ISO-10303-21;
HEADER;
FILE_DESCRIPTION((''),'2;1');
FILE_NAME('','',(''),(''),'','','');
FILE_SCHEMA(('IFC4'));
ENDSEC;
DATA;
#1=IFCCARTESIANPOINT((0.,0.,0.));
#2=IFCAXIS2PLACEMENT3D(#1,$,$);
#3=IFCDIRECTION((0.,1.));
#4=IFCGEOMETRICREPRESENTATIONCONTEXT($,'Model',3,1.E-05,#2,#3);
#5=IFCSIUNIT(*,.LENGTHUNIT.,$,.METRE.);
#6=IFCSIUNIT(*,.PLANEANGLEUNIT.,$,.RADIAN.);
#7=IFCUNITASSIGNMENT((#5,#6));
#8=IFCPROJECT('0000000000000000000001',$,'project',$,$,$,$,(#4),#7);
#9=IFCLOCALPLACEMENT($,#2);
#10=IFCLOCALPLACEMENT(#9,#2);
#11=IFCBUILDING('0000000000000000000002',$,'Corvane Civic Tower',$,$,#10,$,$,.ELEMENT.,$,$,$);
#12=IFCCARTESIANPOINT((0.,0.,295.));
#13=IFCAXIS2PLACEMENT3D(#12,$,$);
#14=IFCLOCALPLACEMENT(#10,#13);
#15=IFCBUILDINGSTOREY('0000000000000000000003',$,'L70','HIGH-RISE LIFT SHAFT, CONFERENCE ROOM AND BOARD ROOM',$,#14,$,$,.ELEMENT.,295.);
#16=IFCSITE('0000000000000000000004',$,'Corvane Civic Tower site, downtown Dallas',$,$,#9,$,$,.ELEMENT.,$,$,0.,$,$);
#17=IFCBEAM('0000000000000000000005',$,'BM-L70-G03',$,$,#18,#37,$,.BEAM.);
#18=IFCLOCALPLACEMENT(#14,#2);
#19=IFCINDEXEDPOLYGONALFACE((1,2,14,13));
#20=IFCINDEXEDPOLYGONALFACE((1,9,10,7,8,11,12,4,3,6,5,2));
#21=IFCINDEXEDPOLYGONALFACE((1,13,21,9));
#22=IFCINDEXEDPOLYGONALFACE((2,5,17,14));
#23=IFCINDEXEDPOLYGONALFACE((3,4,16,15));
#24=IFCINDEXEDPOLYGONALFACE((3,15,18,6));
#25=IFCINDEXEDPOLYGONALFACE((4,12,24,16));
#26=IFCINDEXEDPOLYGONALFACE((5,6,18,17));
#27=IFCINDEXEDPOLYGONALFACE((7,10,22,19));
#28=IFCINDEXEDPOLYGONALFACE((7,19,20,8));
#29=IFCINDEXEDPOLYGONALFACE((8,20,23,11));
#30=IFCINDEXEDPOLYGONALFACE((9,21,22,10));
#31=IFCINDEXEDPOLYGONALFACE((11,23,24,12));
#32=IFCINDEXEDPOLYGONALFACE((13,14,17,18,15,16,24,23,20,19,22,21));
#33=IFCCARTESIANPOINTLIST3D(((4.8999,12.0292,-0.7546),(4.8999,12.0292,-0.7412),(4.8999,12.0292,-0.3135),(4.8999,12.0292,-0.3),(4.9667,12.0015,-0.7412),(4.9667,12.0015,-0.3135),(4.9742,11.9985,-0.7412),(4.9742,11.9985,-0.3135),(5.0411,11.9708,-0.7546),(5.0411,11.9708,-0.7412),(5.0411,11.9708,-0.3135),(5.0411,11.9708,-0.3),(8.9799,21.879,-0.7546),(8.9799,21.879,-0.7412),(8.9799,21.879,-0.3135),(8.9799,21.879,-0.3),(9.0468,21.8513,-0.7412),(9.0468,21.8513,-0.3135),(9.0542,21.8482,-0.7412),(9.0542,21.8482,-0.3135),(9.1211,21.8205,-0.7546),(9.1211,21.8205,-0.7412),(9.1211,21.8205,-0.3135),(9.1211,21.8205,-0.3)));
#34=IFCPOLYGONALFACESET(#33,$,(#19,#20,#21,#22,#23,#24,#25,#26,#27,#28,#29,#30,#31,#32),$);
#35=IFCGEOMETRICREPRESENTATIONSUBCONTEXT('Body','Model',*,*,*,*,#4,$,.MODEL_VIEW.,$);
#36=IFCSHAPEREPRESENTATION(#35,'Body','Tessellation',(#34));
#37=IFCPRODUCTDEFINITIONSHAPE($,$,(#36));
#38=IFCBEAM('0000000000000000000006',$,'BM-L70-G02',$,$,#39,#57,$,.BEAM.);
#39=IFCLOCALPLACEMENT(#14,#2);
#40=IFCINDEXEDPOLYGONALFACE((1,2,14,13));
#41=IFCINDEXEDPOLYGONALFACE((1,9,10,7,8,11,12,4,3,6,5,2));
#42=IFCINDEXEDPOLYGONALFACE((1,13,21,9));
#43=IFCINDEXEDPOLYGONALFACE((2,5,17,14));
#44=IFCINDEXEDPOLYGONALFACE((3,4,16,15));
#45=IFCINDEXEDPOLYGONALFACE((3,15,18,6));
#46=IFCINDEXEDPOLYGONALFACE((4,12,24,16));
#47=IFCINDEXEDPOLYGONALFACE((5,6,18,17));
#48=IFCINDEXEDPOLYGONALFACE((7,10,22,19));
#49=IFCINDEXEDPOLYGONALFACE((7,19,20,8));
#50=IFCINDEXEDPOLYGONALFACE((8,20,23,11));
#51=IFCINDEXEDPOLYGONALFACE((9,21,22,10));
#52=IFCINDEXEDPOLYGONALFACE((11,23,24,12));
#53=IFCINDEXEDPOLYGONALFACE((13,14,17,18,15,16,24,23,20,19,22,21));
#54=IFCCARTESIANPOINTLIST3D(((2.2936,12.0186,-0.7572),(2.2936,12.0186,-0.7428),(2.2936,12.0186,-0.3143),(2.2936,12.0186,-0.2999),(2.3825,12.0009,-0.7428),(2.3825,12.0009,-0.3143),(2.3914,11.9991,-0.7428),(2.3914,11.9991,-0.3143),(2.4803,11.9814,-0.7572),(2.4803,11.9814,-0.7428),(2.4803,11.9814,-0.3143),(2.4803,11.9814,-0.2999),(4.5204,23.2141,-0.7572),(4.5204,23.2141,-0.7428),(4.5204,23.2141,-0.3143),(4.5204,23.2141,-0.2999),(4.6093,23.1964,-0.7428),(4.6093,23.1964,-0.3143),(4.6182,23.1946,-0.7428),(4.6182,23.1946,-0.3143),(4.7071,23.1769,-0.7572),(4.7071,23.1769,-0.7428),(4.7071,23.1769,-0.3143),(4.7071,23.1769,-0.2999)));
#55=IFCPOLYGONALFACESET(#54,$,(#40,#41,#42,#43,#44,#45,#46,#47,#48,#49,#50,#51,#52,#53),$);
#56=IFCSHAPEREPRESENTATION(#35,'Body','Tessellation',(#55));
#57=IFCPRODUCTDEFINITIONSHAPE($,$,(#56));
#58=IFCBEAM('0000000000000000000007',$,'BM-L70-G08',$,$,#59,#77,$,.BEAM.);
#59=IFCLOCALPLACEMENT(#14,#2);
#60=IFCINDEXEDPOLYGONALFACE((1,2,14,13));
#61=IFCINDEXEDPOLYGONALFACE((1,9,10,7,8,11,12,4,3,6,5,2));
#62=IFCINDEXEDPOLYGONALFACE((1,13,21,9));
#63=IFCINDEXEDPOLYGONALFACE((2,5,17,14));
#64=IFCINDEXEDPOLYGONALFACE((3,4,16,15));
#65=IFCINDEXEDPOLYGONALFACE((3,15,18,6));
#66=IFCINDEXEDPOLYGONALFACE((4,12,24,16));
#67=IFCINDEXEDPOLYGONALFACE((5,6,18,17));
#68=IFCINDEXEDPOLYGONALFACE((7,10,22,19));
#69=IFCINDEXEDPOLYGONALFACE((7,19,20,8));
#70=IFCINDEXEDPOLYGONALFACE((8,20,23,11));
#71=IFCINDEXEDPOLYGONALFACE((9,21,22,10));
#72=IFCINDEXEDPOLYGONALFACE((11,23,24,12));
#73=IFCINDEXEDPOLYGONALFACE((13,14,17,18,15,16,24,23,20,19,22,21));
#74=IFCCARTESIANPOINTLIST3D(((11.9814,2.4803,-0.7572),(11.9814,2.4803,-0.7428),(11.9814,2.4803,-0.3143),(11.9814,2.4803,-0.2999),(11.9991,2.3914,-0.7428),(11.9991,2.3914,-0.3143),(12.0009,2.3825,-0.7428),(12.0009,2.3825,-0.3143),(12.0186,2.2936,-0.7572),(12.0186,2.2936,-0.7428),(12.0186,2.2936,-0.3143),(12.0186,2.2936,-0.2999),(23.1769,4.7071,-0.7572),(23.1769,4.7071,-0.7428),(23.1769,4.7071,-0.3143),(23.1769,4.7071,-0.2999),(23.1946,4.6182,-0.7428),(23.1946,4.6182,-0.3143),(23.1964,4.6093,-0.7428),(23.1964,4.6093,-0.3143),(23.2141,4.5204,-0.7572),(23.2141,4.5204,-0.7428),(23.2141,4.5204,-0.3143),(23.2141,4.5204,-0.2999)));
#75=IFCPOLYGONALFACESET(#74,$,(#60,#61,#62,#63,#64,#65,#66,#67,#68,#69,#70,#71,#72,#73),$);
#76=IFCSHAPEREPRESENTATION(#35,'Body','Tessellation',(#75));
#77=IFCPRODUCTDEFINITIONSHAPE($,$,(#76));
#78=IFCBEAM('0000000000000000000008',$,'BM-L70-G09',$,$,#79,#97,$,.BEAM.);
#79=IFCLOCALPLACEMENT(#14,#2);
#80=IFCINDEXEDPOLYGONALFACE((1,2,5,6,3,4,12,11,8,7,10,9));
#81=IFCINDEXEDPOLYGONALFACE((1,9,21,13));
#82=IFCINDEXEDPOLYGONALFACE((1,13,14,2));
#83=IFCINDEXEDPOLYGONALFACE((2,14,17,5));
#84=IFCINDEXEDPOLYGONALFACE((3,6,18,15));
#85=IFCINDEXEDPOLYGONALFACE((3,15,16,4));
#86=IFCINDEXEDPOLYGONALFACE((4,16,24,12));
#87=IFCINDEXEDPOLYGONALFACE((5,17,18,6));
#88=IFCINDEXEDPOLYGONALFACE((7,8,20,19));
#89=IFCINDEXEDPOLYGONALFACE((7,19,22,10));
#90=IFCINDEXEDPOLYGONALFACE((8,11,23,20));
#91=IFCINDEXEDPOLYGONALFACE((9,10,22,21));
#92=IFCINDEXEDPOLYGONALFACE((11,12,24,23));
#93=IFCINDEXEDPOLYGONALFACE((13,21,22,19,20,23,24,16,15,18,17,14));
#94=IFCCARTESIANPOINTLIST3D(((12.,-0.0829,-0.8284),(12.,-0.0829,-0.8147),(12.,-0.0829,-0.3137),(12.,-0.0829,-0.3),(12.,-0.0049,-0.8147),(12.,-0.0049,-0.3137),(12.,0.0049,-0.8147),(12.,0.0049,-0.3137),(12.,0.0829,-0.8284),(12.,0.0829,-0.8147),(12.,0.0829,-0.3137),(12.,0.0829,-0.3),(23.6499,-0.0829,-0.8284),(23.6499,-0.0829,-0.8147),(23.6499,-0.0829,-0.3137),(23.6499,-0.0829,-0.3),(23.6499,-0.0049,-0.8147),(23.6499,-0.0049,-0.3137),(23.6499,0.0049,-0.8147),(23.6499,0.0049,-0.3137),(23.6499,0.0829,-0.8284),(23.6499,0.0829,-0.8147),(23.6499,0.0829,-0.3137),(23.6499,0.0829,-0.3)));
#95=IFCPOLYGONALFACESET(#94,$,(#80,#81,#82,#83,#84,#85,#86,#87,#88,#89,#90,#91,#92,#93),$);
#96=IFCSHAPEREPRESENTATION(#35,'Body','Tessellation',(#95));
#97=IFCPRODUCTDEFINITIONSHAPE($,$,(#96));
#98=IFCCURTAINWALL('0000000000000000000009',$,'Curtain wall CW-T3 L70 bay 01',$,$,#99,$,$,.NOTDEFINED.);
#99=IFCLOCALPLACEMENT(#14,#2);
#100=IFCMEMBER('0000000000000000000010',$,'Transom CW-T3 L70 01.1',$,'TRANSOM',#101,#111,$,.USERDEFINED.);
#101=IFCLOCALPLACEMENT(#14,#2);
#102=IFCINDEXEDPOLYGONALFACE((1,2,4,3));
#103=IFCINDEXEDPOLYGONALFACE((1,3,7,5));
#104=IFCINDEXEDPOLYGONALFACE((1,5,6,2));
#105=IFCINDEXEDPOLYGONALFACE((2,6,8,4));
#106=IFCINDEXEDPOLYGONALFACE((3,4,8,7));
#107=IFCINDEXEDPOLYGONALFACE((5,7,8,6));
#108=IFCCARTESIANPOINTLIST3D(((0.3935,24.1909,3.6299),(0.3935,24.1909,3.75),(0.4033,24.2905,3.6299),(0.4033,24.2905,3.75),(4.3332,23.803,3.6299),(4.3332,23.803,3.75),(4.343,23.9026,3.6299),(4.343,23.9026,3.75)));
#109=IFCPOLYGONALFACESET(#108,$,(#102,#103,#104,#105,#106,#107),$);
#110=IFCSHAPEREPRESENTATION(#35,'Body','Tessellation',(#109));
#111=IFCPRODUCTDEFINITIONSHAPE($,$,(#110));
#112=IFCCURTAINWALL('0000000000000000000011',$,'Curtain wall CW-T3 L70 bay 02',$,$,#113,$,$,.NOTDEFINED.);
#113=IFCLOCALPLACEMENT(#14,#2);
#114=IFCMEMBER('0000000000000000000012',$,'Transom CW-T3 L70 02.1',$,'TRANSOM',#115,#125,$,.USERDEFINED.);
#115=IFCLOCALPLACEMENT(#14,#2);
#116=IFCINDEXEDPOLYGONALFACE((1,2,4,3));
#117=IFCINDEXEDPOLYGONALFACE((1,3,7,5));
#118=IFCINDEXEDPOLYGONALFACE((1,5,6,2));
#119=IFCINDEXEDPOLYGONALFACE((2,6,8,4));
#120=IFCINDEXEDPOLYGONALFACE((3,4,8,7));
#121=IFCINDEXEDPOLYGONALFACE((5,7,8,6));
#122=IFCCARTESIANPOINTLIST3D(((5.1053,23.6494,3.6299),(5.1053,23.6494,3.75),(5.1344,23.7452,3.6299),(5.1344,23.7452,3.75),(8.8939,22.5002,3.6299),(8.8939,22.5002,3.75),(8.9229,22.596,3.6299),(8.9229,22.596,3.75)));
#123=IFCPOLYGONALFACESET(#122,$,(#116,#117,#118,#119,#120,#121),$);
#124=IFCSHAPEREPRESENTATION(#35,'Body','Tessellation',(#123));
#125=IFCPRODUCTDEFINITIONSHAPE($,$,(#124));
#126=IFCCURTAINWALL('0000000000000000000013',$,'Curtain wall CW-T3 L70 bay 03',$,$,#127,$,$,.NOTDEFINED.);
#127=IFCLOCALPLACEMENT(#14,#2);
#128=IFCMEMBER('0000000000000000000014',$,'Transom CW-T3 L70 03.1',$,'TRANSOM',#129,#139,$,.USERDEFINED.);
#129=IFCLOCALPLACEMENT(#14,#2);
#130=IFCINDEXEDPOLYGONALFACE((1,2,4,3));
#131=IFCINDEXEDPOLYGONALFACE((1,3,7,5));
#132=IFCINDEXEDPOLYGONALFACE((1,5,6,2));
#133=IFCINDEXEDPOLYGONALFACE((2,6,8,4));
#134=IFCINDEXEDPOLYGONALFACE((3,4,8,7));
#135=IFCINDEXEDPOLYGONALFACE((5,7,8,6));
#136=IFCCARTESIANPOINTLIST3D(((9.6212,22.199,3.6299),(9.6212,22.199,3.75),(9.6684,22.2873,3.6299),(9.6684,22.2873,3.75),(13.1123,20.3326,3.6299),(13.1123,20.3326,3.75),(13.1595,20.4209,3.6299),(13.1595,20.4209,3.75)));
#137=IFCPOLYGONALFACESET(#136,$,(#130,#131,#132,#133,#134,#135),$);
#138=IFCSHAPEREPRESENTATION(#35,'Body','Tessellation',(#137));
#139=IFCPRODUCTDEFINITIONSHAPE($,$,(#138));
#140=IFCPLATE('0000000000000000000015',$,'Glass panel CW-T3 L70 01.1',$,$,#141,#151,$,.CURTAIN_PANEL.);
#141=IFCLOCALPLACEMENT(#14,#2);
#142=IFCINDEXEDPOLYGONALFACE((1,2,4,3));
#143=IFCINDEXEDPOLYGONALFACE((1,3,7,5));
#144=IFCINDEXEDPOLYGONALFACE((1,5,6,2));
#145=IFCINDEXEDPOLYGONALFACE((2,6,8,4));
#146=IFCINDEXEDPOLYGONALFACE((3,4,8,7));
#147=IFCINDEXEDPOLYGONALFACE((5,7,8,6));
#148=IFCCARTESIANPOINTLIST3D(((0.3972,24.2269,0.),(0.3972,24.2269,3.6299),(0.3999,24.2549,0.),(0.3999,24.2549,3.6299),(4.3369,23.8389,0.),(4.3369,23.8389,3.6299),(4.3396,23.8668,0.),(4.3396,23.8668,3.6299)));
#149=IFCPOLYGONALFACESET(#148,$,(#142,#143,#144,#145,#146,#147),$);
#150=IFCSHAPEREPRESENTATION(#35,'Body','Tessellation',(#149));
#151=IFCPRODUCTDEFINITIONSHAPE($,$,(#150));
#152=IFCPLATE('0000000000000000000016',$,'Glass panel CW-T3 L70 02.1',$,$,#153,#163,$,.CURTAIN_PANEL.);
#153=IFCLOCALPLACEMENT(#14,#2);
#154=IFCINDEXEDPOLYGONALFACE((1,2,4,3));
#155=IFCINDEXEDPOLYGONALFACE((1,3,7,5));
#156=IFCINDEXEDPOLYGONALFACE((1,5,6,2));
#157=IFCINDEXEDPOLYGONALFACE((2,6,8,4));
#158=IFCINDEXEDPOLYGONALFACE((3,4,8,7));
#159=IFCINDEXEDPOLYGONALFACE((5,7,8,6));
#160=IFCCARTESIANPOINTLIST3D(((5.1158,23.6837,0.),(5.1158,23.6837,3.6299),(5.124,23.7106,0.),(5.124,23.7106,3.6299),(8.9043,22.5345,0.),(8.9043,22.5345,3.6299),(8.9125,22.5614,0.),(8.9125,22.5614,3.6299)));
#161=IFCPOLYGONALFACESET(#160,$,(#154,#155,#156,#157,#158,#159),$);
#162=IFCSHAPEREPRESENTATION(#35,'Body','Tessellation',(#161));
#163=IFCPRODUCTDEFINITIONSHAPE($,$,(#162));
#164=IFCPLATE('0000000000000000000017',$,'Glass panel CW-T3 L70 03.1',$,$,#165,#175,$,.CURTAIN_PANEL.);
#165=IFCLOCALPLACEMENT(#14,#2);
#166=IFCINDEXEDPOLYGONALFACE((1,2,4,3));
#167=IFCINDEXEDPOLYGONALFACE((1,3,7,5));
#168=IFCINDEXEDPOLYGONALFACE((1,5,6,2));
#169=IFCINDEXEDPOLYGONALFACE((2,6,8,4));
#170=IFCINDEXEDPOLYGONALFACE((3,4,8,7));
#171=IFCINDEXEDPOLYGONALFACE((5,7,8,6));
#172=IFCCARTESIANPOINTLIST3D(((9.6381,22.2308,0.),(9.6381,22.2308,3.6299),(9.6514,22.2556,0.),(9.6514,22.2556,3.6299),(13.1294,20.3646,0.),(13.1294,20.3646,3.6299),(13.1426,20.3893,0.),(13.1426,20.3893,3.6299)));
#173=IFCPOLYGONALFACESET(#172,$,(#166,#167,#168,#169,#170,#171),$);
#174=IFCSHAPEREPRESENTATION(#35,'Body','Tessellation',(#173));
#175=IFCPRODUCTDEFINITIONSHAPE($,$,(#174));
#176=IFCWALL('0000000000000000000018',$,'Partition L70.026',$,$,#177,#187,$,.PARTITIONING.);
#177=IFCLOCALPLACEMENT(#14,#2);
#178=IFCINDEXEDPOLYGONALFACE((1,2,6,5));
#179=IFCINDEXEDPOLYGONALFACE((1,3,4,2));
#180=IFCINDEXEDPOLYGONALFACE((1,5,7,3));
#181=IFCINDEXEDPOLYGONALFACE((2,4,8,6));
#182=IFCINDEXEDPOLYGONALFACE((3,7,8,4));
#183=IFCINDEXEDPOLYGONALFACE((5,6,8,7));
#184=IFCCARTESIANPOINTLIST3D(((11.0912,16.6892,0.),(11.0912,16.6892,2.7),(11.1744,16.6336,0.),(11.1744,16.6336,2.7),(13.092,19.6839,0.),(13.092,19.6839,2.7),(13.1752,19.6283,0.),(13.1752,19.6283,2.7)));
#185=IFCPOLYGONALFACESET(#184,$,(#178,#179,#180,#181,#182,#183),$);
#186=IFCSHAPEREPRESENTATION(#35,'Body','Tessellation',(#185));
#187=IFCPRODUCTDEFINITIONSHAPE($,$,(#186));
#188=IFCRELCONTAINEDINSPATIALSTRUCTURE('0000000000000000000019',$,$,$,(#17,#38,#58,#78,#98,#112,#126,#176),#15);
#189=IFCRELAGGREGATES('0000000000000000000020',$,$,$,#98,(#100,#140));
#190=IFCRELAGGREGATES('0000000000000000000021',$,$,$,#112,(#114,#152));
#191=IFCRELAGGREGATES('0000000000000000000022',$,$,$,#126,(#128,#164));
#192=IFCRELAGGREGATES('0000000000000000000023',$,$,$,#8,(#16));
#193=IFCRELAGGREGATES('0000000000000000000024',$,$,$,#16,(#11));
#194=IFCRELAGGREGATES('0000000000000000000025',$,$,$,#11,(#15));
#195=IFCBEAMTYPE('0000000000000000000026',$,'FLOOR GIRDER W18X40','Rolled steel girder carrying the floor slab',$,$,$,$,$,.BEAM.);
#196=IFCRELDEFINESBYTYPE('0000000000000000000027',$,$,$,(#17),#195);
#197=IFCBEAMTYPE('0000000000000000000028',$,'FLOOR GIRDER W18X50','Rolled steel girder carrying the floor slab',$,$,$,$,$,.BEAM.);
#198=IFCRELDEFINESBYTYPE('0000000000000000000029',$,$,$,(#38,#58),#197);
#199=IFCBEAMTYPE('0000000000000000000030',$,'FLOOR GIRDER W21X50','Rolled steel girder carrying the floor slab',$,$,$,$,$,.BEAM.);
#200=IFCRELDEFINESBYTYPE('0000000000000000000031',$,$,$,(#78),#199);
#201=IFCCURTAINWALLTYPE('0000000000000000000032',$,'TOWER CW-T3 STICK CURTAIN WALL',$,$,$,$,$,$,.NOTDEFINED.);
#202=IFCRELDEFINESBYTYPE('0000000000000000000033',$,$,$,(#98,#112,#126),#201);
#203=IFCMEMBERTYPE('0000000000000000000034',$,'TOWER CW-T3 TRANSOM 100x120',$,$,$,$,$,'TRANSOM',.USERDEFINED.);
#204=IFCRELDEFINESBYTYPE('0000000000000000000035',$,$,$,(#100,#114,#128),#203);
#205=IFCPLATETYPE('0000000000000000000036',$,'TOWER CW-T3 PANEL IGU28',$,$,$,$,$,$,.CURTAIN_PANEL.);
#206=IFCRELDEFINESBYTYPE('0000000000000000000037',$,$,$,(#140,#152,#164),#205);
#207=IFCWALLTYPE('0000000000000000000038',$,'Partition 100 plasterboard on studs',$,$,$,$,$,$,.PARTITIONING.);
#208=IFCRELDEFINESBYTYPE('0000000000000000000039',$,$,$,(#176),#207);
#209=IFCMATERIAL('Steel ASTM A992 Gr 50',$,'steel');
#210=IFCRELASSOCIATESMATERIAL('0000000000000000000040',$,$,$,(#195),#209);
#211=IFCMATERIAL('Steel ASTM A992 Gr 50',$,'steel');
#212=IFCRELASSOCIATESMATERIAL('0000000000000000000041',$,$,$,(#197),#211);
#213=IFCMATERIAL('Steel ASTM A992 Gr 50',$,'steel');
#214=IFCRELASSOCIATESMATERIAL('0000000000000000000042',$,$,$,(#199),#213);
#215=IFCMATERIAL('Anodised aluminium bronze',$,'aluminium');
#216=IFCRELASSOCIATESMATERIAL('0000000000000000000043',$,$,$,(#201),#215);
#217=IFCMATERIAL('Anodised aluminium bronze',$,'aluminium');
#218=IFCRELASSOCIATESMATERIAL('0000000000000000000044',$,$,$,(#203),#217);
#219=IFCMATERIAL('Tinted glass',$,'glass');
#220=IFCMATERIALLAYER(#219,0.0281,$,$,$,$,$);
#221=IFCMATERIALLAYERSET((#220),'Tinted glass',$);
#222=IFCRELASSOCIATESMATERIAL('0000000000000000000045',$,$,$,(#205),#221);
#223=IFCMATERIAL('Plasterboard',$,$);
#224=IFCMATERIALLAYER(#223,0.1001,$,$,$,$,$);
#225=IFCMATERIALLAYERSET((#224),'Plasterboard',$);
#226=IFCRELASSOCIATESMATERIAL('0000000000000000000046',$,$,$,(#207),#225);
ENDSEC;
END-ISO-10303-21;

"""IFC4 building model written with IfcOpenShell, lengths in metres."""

from ifc_helpers import new_model, si_unit, direction, frame, frame_2d, origin, origin_2d, place, context, subcontext, project, spatial, rectangle, i_section, extrude, material, layer, layer_set, material_profile, profile_set, type_object, element, aggregate, save


model = new_model("IFC4")

# Units and contexts
model_context = context("Model", 3, precision=1e-05, world=origin(), true_north=direction((0.0, 1.0)))
body_context = subcontext(model_context, "Body", "Model", "MODEL_VIEW")
ifc_project = project(units=[si_unit("LENGTHUNIT", "METRE"), si_unit("PLANEANGLEUNIT", "RADIAN")], contexts=[model_context])

# Site, building, storey
site_placement = place(None, origin())
site = spatial("IfcSite", under=ifc_project, at=site_placement, Name="Corvane Civic Tower site, downtown Dallas", CompositionType="ELEMENT", RefElevation=0.0)
building_placement = place(site_placement, origin())
building = spatial("IfcBuilding", under=site, at=building_placement, Name="Corvane Civic Tower", CompositionType="ELEMENT")
storey_placement = place(building_placement, frame((0.0, 0.0, 295.0)))
storey = spatial("IfcBuildingStorey", under=building, at=storey_placement, Name="L70", Description="HIGH-RISE LIFT SHAFT, CONFERENCE ROOM AND BOARD ROOM", CompositionType="ELEMENT", Elevation=295.0)

# Beams
ifc_material_1 = material(Name="Steel ASTM A992 Gr 50", Category="steel")
ifc_material_profile_1 = material_profile(ifc_material_1, i_section(OverallWidth=0.1528, OverallDepth=0.4546, WebThickness=0.0081, FlangeThickness=0.0134, at=origin_2d()), Name="W18X40")
ifc_profile_set_1 = profile_set([ifc_material_profile_1], Name="Steel ASTM A992 Gr 50")
beam_type_1 = type_object("IfcBeamType", Name="FLOOR GIRDER W18X40", Description="Rolled steel girder carrying the floor slab", PredefinedType="BEAM", material=ifc_profile_set_1)
beam_1_placement = place(storey_placement, frame((4.9705, 12.0, -0.5273), z_axis=(0.382694, 0.923875, 0.0), x_axis=(-0.923875, 0.382694, 0.0)))
element("IfcBeam", 1, at=beam_1_placement, inside=storey, type_object=beam_type_1, Name="BM-L70-G03", PredefinedType="BEAM", context=body_context, shape_type="SweptSolid", body=[
    extrude(i_section(OverallWidth=0.1528, OverallDepth=0.4546, WebThickness=0.0081, FlangeThickness=0.0134, at=origin_2d()), origin(), (0.0, 0.0, 1.0), 10.6614),
])
ifc_material_2 = material(Name="Steel ASTM A992 Gr 50", Category="steel")
ifc_material_profile_2 = material_profile(ifc_material_2, i_section(OverallWidth=0.1904, OverallDepth=0.4573, WebThickness=0.009, FlangeThickness=0.0144, at=origin_2d()), Name="W18X50")
ifc_profile_set_2 = profile_set([ifc_material_profile_2], Name="Steel ASTM A992 Gr 50")
beam_type_2 = type_object("IfcBeamType", Name="FLOOR GIRDER W18X50", Description="Rolled steel girder carrying the floor slab", PredefinedType="BEAM", material=ifc_profile_set_2)
for number, where, z_axis, x_axis, name in (
    (2, (2.387, 12.0, -0.5286), (0.19508, 0.980787, 0.0), (-0.980787, 0.19508, 0.0), "BM-L70-G02"),
    (3, (12.0, 2.387, -0.5286), (0.980787, 0.19508, 0.0), (-0.19508, 0.980787, 0.0), "BM-L70-G08"),
):
    element("IfcBeam", number, at=place(storey_placement, frame(where, z_axis=z_axis, x_axis=x_axis)), inside=storey, type_object=beam_type_2, Name=name, PredefinedType="BEAM", context=body_context, shape_type="SweptSolid", body=[
        extrude(i_section(OverallWidth=0.1904, OverallDepth=0.4573, WebThickness=0.009, FlangeThickness=0.0144, at=origin_2d()), origin(), (0.0, 0.0, 1.0), 11.4148),
    ])
ifc_material_3 = material(Name="Steel ASTM A992 Gr 50", Category="steel")
ifc_material_profile_3 = material_profile(ifc_material_3, i_section(OverallWidth=0.1658, OverallDepth=0.5283, WebThickness=0.0098, FlangeThickness=0.0137, at=origin_2d()), Name="W21X50")
ifc_profile_set_3 = profile_set([ifc_material_profile_3], Name="Steel ASTM A992 Gr 50")
beam_type_3 = type_object("IfcBeamType", Name="FLOOR GIRDER W21X50", Description="Rolled steel girder carrying the floor slab", PredefinedType="BEAM", material=ifc_profile_set_3)
beam_2_placement = place(storey_placement, frame((12.0, 0.0, -0.5642), z_axis=(1.0, 0.0, 0.0), x_axis=(0.0, 1.0, 0.0)))
element("IfcBeam", 4, at=beam_2_placement, inside=storey, type_object=beam_type_3, Name="BM-L70-G09", PredefinedType="BEAM", context=body_context, shape_type="SweptSolid", body=[
    extrude(i_section(OverallWidth=0.1658, OverallDepth=0.5283, WebThickness=0.0098, FlangeThickness=0.0137, at=origin_2d()), origin(), (0.0, 0.0, 1.0), 11.6499),
])

# Curtain walls, members
ifc_material_4 = material(Name="Anodised aluminium bronze", Category="aluminium")
curtain_wall_type = type_object("IfcCurtainWallType", Name="TOWER CW-T3 STICK CURTAIN WALL", PredefinedType="NOTDEFINED", material=ifc_material_4)
curtain_wall_1_placement = place(storey_placement, origin())
curtain_wall_1 = element("IfcCurtainWall", 5, at=curtain_wall_1_placement, inside=storey, type_object=curtain_wall_type, Name="Curtain wall CW-T3 L70 bay 01", PredefinedType="NOTDEFINED")
ifc_material_5 = material(Name="Anodised aluminium bronze", Category="aluminium")
ifc_material_profile_4 = material_profile(ifc_material_5, rectangle(XDim=0.1001, YDim=0.1201, at=origin_2d()), Name="TOWER CW-T3 TRANSOM 100x120")
ifc_profile_set_4 = profile_set([ifc_material_profile_4], Name="Anodised aluminium bronze")
member_type = type_object("IfcMemberType", Name="TOWER CW-T3 TRANSOM 100x120", ElementType="TRANSOM", PredefinedType="USERDEFINED", material=ifc_profile_set_4)
member_1_placement = place(storey_placement, frame((0.3984, 24.2407, 3.6899), z_axis=(0.995187, -0.097995, 0.0), x_axis=(0.097995, 0.995187, 0.0)))
member_1 = element("IfcMember", 6, at=member_1_placement, type_object=member_type, Name="Transom CW-T3 L70 01.1", ObjectType="TRANSOM", PredefinedType="USERDEFINED", context=body_context, shape_type="SweptSolid", body=[
    extrude(rectangle(XDim=0.1001, YDim=0.1201, at=origin_2d()), origin(), (0.0, 0.0, 1.0), 3.9587),
])
curtain_wall_2_placement = place(storey_placement, origin())
curtain_wall_2 = element("IfcCurtainWall", 7, at=curtain_wall_2_placement, inside=storey, type_object=curtain_wall_type, Name="Curtain wall CW-T3 L70 bay 02", PredefinedType="NOTDEFINED")
member_2_placement = place(storey_placement, frame((5.1199, 23.6973, 3.6899), z_axis=(0.956946, -0.290266, 0.0), x_axis=(0.290266, 0.956946, 0.0)))
member_2 = element("IfcMember", 8, at=member_2_placement, type_object=member_type, Name="Transom CW-T3 L70 02.1", ObjectType="TRANSOM", PredefinedType="USERDEFINED", context=body_context, shape_type="SweptSolid", body=[
    extrude(rectangle(XDim=0.1001, YDim=0.1201, at=origin_2d()), origin(), (0.0, 0.0, 1.0), 3.959),
])
curtain_wall_3_placement = place(storey_placement, origin())
curtain_wall_3 = element("IfcCurtainWall", 9, at=curtain_wall_3_placement, inside=storey, type_object=curtain_wall_type, Name="Curtain wall CW-T3 L70 bay 03", PredefinedType="NOTDEFINED")
member_3_placement = place(storey_placement, frame((9.6448, 22.2432, 3.6899), z_axis=(0.881883, -0.471468, 0.0), x_axis=(0.471468, 0.881883, 0.0)))
member_3 = element("IfcMember", 10, at=member_3_placement, type_object=member_type, Name="Transom CW-T3 L70 03.1", ObjectType="TRANSOM", PredefinedType="USERDEFINED", context=body_context, shape_type="SweptSolid", body=[
    extrude(rectangle(XDim=0.1001, YDim=0.1201, at=origin_2d()), origin(), (0.0, 0.0, 1.0), 3.9587),
])

# Plates
ifc_material_6 = material(Name="Tinted glass", Category="glass")
ifc_layer_1 = layer(ifc_material_6, 0.0281)
ifc_layer_set_1 = layer_set([ifc_layer_1], Name="Tinted glass")
plate_type = type_object("IfcPlateType", Name="TOWER CW-T3 PANEL IGU28", PredefinedType="CURTAIN_PANEL", material=ifc_layer_set_1)
plate_1_placement = place(storey_placement, frame((2.3684, 24.0469, 0.0), z_axis=(0.0, 0.0, 1.0), x_axis=(0.995184, -0.098021, 0.0)))
plate_1 = element("IfcPlate", 11, at=plate_1_placement, type_object=plate_type, Name="Glass panel CW-T3 L70 01.1", PredefinedType="CURTAIN_PANEL", context=body_context, shape_type="SweptSolid", body=[
    extrude(rectangle(XDim=3.9587, YDim=0.0281, at=origin_2d()), origin(), (0.0, 0.0, 1.0), 3.6299),
])
aggregate(curtain_wall_1, [member_1, plate_1])
plate_2_placement = place(storey_placement, frame((7.0142, 23.1226, 0.0), z_axis=(0.0, 0.0, 1.0), x_axis=(0.956944, -0.290274, 0.0)))
plate_2 = element("IfcPlate", 12, at=plate_2_placement, type_object=plate_type, Name="Glass panel CW-T3 L70 02.1", PredefinedType="CURTAIN_PANEL", context=body_context, shape_type="SweptSolid", body=[
    extrude(rectangle(XDim=3.959, YDim=0.0281, at=origin_2d()), origin(), (0.0, 0.0, 1.0), 3.6299),
])
aggregate(curtain_wall_2, [member_2, plate_2])
plate_3_placement = place(storey_placement, frame((11.3904, 21.3101, 0.0), z_axis=(0.0, 0.0, 1.0), x_axis=(0.881908, -0.471421, 0.0)))
plate_3 = element("IfcPlate", 13, at=plate_3_placement, type_object=plate_type, Name="Glass panel CW-T3 L70 03.1", PredefinedType="CURTAIN_PANEL", context=body_context, shape_type="SweptSolid", body=[
    extrude(rectangle(XDim=3.9587, YDim=0.0281, at=origin_2d()), origin(), (0.0, 0.0, 1.0), 3.6299),
])
aggregate(curtain_wall_3, [member_3, plate_3])

# Wall
ifc_material_7 = material(Name="Plasterboard")
ifc_layer_2 = layer(ifc_material_7, 0.1001)
ifc_layer_set_2 = layer_set([ifc_layer_2], Name="Plasterboard")
wall_type_1 = type_object("IfcWallType", Name="Partition 100 plasterboard on studs", PredefinedType="PARTITIONING", material=ifc_layer_set_2)
wall_1_placement = place(storey_placement, frame((11.1328, 16.6614, 0.0), z_axis=(0.0, 0.0, 1.0), x_axis=(0.555529, 0.831497, 0.0)))
element("IfcWall", 14, at=wall_1_placement, inside=storey, type_object=wall_type_1, Name="Partition L70.026", PredefinedType="PARTITIONING", context=body_context, shape_type="SweptSolid", body=[
    extrude(rectangle(XDim=3.6016, YDim=0.1001, at=frame_2d((1.8008, 0.0))), origin(), (0.0, 0.0, 1.0), 2.7),
])

save(model, "model.ifc")
